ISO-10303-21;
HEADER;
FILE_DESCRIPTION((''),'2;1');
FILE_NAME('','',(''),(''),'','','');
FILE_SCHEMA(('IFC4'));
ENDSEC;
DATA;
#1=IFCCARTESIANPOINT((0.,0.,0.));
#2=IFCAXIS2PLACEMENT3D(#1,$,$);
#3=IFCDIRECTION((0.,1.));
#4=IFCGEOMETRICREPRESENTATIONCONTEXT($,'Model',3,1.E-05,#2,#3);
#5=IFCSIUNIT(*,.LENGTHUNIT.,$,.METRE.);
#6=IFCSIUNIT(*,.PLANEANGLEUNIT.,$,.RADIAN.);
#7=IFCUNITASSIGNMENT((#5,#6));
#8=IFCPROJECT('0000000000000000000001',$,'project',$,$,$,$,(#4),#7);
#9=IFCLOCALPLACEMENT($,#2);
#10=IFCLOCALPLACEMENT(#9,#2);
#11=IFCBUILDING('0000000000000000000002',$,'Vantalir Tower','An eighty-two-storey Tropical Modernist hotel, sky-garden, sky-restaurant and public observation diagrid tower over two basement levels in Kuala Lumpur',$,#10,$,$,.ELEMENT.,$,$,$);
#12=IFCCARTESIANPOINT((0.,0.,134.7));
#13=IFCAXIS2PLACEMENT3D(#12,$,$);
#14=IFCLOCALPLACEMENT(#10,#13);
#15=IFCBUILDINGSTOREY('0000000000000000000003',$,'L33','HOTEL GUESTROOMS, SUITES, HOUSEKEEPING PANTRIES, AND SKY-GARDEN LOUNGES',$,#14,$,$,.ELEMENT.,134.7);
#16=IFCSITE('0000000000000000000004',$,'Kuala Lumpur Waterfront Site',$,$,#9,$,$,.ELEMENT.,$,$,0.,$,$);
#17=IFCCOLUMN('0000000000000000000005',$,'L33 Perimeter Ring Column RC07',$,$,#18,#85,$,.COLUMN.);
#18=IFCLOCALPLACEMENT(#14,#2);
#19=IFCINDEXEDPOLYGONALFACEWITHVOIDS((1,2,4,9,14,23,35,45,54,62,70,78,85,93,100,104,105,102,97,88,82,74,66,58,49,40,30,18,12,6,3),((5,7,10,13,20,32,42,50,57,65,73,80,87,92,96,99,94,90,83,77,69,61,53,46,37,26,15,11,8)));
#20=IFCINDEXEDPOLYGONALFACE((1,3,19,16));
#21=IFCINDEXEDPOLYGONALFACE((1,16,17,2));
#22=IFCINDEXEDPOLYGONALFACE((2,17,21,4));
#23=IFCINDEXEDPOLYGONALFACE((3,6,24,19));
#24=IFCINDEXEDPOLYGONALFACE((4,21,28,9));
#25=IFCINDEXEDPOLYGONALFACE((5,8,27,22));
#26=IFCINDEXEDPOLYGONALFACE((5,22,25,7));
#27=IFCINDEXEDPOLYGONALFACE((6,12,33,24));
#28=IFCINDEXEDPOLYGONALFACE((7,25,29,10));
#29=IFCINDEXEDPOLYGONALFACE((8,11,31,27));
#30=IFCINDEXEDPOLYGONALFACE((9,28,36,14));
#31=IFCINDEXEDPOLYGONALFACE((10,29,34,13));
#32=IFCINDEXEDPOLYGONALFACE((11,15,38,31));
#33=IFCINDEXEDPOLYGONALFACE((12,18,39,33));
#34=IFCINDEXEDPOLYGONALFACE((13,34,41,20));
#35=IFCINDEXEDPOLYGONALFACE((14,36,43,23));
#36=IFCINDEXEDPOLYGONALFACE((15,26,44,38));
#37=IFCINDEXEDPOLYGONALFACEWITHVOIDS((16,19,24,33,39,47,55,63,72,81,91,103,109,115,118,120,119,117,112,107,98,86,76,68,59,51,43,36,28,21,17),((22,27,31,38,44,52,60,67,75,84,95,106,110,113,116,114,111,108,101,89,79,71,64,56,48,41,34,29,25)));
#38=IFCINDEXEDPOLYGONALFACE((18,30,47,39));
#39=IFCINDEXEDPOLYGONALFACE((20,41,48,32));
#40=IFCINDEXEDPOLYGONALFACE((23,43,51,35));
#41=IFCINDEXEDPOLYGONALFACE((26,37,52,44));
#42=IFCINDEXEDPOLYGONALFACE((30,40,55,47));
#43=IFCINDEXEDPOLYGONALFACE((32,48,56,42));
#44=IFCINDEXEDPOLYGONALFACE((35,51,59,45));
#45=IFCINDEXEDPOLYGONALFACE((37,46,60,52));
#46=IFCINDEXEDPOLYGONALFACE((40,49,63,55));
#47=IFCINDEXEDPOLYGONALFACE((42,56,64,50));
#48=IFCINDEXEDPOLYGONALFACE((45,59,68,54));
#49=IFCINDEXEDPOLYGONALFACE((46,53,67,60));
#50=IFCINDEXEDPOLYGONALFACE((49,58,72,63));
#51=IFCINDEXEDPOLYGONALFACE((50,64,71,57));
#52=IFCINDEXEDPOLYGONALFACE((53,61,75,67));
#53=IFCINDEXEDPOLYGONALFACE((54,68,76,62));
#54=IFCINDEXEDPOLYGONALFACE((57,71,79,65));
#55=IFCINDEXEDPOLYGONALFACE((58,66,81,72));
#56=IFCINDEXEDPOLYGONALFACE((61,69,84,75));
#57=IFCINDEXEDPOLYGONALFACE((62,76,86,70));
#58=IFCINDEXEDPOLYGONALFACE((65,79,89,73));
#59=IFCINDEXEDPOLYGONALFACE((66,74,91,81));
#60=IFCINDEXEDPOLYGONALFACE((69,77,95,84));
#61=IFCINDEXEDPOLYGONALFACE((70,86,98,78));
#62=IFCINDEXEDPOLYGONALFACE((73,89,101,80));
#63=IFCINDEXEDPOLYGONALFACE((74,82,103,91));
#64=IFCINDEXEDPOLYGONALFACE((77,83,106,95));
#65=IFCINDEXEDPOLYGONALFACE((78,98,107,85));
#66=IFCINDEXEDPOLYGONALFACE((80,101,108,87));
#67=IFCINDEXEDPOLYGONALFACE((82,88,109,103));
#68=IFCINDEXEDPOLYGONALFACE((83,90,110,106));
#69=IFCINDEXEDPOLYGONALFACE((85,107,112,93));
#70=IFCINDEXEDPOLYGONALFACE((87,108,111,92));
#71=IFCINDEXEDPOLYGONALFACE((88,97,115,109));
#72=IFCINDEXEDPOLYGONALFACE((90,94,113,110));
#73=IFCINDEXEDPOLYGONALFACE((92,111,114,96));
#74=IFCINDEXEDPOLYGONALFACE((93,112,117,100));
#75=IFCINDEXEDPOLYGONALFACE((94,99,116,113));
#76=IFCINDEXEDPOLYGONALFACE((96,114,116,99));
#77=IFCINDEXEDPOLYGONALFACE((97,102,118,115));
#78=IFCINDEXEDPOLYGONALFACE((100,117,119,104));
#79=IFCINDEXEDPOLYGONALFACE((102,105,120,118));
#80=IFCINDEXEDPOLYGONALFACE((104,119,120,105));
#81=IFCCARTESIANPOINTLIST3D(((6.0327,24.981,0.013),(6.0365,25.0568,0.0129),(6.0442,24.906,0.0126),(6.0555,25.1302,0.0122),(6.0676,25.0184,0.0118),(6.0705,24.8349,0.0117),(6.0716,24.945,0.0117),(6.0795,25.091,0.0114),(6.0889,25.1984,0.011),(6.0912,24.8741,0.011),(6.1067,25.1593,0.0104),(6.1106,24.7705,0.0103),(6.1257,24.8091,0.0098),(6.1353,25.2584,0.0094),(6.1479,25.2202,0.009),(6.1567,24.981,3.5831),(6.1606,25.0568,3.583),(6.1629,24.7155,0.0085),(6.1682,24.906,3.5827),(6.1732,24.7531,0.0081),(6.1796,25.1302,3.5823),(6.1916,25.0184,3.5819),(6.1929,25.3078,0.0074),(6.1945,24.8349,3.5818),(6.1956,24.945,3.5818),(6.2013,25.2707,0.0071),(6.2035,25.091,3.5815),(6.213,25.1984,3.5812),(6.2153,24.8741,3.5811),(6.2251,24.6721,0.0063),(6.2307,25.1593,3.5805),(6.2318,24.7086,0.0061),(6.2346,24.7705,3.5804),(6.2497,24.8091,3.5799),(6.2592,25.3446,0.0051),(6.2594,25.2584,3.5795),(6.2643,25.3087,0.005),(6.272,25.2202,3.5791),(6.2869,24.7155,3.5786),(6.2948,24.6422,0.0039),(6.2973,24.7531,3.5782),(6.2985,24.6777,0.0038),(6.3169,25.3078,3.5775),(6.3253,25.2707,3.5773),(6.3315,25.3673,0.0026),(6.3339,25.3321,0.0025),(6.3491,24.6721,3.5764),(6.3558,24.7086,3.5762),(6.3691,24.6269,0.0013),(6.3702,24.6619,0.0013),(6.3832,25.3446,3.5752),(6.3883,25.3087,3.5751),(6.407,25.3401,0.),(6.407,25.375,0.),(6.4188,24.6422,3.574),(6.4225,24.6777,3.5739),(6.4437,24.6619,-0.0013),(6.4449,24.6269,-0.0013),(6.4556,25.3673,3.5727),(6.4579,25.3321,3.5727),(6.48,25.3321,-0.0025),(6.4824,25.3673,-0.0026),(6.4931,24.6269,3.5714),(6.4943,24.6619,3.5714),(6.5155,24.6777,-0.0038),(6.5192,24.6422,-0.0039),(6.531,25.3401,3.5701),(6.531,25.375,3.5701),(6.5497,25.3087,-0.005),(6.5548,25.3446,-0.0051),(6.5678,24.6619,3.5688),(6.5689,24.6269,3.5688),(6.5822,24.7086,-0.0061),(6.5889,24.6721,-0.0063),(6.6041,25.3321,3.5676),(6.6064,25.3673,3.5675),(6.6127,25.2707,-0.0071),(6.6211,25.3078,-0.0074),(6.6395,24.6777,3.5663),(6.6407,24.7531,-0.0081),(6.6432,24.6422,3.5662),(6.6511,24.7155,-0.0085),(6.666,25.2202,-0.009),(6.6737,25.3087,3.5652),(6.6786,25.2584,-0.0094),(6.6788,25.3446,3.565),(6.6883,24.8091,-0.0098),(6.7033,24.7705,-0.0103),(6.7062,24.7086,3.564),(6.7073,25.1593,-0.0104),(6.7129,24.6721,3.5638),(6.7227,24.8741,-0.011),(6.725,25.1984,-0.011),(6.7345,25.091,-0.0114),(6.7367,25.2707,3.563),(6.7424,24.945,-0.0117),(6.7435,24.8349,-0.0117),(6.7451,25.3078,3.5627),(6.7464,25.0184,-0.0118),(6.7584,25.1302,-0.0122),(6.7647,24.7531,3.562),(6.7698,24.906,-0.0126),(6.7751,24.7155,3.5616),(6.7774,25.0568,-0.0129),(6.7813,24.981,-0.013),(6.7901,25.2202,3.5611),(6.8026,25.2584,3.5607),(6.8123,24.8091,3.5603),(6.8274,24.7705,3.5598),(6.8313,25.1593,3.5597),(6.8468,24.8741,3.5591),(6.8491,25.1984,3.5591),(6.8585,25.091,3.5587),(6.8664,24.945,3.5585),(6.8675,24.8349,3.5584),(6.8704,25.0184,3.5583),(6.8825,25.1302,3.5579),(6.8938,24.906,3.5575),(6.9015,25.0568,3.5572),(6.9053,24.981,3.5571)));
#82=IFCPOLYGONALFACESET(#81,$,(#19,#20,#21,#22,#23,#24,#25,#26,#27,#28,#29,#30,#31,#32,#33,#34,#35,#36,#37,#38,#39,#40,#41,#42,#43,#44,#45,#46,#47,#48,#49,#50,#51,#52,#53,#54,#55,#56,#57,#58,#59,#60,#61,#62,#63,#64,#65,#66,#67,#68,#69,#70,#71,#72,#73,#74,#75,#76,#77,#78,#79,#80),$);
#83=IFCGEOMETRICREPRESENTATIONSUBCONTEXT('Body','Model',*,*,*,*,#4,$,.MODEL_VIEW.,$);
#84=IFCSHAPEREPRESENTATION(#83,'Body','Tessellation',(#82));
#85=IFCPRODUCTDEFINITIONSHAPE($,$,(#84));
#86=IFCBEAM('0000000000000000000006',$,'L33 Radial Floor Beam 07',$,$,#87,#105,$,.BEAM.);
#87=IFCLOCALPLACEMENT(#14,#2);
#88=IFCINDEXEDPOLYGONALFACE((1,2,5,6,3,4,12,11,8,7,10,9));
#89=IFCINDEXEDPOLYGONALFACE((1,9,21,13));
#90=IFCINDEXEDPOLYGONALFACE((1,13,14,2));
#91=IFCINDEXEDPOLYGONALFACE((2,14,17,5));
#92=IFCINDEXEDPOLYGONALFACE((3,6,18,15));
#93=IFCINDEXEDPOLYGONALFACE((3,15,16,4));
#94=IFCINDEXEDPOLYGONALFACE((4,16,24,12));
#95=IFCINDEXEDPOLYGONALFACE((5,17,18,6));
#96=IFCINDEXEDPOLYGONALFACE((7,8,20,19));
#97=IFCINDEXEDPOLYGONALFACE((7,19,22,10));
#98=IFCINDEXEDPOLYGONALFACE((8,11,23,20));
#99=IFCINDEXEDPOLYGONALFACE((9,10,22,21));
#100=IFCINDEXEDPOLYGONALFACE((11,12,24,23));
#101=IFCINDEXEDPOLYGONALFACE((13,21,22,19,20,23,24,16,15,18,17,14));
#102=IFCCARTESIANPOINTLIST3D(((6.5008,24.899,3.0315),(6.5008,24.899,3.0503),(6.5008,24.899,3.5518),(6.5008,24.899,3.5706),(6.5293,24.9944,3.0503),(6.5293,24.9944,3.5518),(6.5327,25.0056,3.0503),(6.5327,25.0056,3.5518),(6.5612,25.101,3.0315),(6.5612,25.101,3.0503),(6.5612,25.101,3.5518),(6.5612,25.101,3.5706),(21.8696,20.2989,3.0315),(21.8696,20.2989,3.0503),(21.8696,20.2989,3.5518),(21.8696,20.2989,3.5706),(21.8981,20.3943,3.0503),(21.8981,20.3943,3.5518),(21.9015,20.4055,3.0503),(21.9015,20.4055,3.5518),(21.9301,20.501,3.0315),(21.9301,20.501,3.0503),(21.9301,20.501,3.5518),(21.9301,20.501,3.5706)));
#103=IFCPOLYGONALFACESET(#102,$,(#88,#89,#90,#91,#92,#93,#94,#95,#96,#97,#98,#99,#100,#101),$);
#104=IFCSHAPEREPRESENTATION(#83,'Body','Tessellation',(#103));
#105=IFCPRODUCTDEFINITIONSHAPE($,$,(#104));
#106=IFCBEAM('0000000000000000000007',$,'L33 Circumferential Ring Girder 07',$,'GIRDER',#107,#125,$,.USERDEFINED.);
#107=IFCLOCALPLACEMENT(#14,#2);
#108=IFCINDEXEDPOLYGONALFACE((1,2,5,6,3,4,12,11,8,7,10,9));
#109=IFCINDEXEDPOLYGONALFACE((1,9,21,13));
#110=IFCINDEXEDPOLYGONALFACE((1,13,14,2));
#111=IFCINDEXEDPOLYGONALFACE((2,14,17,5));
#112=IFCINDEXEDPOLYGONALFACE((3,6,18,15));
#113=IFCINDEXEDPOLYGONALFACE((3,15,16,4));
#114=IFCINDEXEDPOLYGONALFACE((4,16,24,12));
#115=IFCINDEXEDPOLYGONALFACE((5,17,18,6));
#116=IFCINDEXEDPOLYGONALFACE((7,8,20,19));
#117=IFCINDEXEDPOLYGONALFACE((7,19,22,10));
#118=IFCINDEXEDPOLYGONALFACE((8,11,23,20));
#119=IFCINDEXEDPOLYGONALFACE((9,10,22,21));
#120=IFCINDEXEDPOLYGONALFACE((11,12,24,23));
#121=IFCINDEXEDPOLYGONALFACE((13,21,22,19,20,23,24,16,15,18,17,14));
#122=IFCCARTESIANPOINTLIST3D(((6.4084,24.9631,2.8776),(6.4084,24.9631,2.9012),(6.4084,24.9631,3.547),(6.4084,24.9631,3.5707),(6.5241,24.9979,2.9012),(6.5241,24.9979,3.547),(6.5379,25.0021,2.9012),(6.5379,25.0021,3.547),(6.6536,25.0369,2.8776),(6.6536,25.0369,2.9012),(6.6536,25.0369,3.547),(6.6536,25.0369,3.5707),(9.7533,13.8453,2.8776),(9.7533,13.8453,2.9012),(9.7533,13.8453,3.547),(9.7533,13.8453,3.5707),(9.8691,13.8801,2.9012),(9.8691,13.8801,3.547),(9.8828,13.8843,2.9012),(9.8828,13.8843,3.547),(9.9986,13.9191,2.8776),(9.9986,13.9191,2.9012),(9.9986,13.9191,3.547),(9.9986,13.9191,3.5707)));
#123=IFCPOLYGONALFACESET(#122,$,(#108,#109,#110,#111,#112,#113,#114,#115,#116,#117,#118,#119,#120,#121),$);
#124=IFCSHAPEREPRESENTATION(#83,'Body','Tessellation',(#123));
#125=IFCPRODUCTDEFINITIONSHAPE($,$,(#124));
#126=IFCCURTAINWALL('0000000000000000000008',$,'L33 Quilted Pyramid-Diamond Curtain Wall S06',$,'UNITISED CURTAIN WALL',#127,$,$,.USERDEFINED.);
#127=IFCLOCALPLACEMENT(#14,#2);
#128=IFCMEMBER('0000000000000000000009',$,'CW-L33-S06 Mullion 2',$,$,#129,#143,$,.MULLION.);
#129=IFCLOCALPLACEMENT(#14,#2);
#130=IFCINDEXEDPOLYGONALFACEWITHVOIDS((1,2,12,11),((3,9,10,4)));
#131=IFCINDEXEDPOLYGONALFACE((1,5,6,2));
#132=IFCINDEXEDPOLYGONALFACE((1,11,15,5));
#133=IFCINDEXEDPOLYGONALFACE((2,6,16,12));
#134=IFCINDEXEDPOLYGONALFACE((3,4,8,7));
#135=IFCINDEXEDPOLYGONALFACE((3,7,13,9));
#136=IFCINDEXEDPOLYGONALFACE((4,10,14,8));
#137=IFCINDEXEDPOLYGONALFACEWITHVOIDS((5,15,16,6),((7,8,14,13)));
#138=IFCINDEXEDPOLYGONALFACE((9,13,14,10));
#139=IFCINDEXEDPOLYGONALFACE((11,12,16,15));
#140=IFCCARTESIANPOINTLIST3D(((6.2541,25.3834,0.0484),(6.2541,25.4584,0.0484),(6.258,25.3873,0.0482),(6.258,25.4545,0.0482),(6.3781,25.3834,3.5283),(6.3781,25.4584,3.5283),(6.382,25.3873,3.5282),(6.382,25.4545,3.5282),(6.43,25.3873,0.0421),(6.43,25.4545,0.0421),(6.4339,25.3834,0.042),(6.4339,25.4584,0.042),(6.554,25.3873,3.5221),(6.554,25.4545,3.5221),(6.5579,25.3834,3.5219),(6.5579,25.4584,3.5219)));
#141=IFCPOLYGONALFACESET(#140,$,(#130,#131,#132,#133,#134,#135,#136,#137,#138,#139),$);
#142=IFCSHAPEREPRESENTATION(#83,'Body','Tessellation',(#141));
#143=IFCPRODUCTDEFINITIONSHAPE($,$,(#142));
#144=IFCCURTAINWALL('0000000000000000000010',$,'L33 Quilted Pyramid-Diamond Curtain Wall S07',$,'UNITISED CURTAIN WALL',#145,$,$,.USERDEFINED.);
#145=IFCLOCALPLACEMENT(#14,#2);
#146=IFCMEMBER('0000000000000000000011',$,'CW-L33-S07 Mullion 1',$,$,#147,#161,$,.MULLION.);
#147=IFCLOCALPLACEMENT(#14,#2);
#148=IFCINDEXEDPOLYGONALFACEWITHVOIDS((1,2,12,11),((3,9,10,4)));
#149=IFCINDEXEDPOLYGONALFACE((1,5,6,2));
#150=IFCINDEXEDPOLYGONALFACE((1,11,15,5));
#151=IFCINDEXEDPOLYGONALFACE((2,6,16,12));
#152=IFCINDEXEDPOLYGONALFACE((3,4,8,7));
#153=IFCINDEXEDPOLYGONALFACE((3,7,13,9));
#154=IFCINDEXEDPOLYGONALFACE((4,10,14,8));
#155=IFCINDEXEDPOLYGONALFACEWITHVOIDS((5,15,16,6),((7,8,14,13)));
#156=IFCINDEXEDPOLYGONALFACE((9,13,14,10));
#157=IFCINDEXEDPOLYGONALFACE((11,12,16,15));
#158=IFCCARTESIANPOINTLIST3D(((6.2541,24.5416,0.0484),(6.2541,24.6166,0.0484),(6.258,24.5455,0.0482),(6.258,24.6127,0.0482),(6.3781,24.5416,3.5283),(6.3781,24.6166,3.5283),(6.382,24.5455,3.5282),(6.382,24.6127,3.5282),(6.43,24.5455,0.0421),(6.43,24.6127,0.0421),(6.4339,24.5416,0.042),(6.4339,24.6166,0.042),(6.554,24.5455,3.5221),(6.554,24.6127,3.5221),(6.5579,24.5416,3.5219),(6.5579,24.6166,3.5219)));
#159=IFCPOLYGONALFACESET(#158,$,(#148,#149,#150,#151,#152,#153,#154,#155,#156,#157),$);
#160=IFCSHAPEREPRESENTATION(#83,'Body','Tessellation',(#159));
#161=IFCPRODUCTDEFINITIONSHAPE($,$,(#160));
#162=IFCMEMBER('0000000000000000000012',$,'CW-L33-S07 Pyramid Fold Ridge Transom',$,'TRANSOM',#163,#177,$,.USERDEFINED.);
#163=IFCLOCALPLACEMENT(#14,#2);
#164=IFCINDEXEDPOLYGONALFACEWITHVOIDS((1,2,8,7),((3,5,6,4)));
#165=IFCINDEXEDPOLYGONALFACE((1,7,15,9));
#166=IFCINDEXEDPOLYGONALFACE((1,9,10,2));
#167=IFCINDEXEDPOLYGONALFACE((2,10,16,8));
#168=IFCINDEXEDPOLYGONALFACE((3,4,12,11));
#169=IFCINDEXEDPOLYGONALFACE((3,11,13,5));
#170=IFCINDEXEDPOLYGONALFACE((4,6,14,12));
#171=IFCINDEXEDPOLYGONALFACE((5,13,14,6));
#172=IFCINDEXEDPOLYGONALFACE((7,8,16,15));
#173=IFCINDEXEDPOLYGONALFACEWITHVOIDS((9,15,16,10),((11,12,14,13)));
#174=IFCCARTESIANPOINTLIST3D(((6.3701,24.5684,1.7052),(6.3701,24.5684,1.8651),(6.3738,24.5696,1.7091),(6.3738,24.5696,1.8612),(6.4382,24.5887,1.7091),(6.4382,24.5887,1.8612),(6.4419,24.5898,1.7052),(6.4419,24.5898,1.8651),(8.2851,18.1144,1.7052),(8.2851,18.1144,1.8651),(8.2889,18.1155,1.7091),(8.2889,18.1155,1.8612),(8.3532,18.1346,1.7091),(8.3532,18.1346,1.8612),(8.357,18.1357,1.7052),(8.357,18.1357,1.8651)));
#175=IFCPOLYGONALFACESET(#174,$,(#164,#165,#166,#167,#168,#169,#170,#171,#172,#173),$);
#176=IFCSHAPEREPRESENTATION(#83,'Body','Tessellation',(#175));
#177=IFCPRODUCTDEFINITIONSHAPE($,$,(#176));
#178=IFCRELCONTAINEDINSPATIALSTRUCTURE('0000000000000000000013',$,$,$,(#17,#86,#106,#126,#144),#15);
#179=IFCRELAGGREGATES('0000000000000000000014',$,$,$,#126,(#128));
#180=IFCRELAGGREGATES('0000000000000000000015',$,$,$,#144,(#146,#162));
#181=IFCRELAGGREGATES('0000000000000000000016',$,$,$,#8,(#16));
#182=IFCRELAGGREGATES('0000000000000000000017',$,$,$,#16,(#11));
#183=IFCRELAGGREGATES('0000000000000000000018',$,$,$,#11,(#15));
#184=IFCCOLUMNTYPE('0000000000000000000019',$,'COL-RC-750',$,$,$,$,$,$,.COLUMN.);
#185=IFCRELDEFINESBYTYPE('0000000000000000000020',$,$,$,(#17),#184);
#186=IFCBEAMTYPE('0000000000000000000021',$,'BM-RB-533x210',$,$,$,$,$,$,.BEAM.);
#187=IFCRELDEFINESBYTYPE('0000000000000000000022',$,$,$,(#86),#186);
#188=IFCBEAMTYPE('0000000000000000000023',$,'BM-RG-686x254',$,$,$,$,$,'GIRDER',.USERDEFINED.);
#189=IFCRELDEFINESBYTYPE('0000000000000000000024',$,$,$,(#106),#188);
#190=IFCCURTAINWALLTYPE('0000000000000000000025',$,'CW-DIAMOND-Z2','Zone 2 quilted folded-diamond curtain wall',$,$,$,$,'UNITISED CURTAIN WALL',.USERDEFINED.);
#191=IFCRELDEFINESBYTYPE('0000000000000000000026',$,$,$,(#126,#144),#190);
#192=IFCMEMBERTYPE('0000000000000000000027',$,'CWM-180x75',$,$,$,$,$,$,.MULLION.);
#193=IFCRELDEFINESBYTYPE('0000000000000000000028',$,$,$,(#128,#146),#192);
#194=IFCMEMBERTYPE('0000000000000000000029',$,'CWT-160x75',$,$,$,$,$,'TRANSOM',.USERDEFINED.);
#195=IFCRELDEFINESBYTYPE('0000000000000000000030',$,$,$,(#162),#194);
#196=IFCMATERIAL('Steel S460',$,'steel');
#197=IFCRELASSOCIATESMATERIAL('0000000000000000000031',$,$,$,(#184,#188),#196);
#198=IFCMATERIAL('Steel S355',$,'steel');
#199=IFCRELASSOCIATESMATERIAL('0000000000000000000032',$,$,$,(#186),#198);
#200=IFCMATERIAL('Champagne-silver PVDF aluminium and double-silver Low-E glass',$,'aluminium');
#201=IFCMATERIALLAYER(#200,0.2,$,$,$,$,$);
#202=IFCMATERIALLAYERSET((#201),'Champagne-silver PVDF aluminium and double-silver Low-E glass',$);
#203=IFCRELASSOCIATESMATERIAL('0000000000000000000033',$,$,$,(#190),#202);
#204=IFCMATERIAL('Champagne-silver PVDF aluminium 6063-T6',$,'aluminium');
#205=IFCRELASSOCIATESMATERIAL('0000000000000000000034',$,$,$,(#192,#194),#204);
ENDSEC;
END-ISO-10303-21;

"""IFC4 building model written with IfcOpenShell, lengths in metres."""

from ifc_helpers import new_model, si_unit, direction, frame, origin, origin_2d, place, context, subcontext, project, spatial, hollow_rectangle, hollow_circle, i_section, extrude, material, layer, layer_set, material_profile, profile_set, type_object, element, aggregate, save


model = new_model("IFC4")

# Units and contexts
model_context = context("Model", 3, precision=1e-05, world=origin(), true_north=direction((0.0, 1.0)))
body_context = subcontext(model_context, "Body", "Model", "MODEL_VIEW")
ifc_project = project(units=[si_unit("LENGTHUNIT", "METRE"), si_unit("PLANEANGLEUNIT", "RADIAN")], contexts=[model_context])

# Site, building, storey
site_placement = place(None, origin())
site = spatial("IfcSite", under=ifc_project, at=site_placement, Name="Kuala Lumpur Waterfront Site", CompositionType="ELEMENT", RefElevation=0.0)
building_placement = place(site_placement, origin())
building = spatial("IfcBuilding", under=site, at=building_placement, Name="Vantalir Tower", Description="An eighty-two-storey Tropical Modernist hotel, sky-garden, sky-restaurant and public observation diagrid tower over two basement levels in Kuala Lumpur", CompositionType="ELEMENT")
storey_placement = place(building_placement, frame((0.0, 0.0, 134.7)))
storey = spatial("IfcBuildingStorey", under=building, at=storey_placement, Name="L33", Description="HOTEL GUESTROOMS, SUITES, HOUSEKEEPING PANTRIES, AND SKY-GARDEN LOUNGES", CompositionType="ELEMENT", Elevation=134.7)

# Column
ifc_material_1 = material(Name="Steel S460", Category="steel")
ifc_material_profile_1 = material_profile(ifc_material_1, hollow_circle(Radius=0.375, WallThickness=0.0349, at=origin_2d()), Name="Steel S460")
ifc_profile_set_1 = profile_set([ifc_material_profile_1], Name="Steel S460")
column_type = type_object("IfcColumnType", Name="COL-RC-750", PredefinedType="COLUMN", material=ifc_profile_set_1)
column_placement = place(storey_placement, frame((6.407, 25.0, 0.0), z_axis=(0.034719, 0.0, 0.999397), x_axis=(0.0, 1.0, 0.0)))
element("IfcColumn", 1, at=column_placement, inside=storey, type_object=column_type, Name="L33 Perimeter Ring Column RC07", PredefinedType="COLUMN", context=body_context, shape_type="SweptSolid", body=[
    extrude(hollow_circle(Radius=0.375, WallThickness=0.0349, at=origin_2d()), origin(), (0.0, 0.0, 1.0), 3.5723),
])

# Beams
ifc_material_2 = material(Name="Steel S355", Category="steel")
ifc_material_profile_2 = material_profile(ifc_material_2, i_section(OverallWidth=0.2109, OverallDepth=0.5391, WebThickness=0.0117, FlangeThickness=0.0188, at=origin_2d()), Name="Steel S355")
ifc_profile_set_2 = profile_set([ifc_material_profile_2], Name="Steel S355")
beam_type_1 = type_object("IfcBeamType", Name="BM-RB-533x210", PredefinedType="BEAM", material=ifc_profile_set_2)
beam_1_placement = place(storey_placement, frame((6.531, 25.0, 3.301), z_axis=(0.958007, -0.286743, 0.0), x_axis=(0.286743, 0.958007, 0.0)))
element("IfcBeam", 2, at=beam_1_placement, inside=storey, type_object=beam_type_1, Name="L33 Radial Floor Beam 07", PredefinedType="BEAM", context=body_context, shape_type="SweptSolid", body=[
    extrude(i_section(OverallWidth=0.2109, OverallDepth=0.5391, WebThickness=0.0117, FlangeThickness=0.0188, at=origin_2d()), origin(), (0.0, 0.0, 1.0), 16.0425),
])
ifc_material_profile_3 = material_profile(ifc_material_1, i_section(OverallWidth=0.2561, OverallDepth=0.6931, WebThickness=0.0144, FlangeThickness=0.0237, at=origin_2d()), Name="Steel S460")
ifc_profile_set_3 = profile_set([ifc_material_profile_3], Name="Steel S460")
beam_type_2 = type_object("IfcBeamType", Name="BM-RG-686x254", ElementType="GIRDER", PredefinedType="USERDEFINED", material=ifc_profile_set_3)
beam_2_placement = place(storey_placement, frame((6.531, 25.0, 3.2241), z_axis=(0.288106, -0.957599, 0.0), x_axis=(0.957599, 0.288106, 0.0)))
element("IfcBeam", 3, at=beam_2_placement, inside=storey, type_object=beam_type_2, Name="L33 Circumferential Ring Girder 07", ObjectType="GIRDER", PredefinedType="USERDEFINED", context=body_context, shape_type="SweptSolid", body=[
    extrude(i_section(OverallWidth=0.2561, OverallDepth=0.6931, WebThickness=0.0144, FlangeThickness=0.0237, at=origin_2d()), origin(), (0.0, 0.0, 1.0), 11.6101),
])

# Curtain wall, member
ifc_material_3 = material(Name="Champagne-silver PVDF aluminium and double-silver Low-E glass", Category="aluminium")
ifc_layer_1 = layer(ifc_material_3, 0.2)
ifc_layer_set_1 = layer_set([ifc_layer_1], Name="Champagne-silver PVDF aluminium and double-silver Low-E glass")
curtain_wall_type = type_object("IfcCurtainWallType", Name="CW-DIAMOND-Z2", Description="Zone 2 quilted folded-diamond curtain wall", ElementType="UNITISED CURTAIN WALL", PredefinedType="USERDEFINED", material=ifc_layer_set_1)
curtain_wall_1_placement = place(storey_placement, origin())
curtain_wall_1 = element("IfcCurtainWall", 4, at=curtain_wall_1_placement, inside=storey, type_object=curtain_wall_type, Name="L33 Quilted Pyramid-Diamond Curtain Wall S06", ObjectType="UNITISED CURTAIN WALL", PredefinedType="USERDEFINED")
ifc_material_4 = material(Name="Champagne-silver PVDF aluminium 6063-T6", Category="aluminium")
ifc_material_profile_4 = material_profile(ifc_material_4, hollow_rectangle(XDim=0.075, YDim=0.1799, WallThickness=0.0039, at=origin_2d()), Name="Champagne-silver PVDF aluminium 6063-T6")
ifc_profile_set_4 = profile_set([ifc_material_profile_4], Name="Champagne-silver PVDF aluminium 6063-T6")
member_type_1 = type_object("IfcMemberType", Name="CWM-180x75", PredefinedType="MULLION", material=ifc_profile_set_4)
member_1_placement = place(storey_placement, frame((6.344, 25.4209, 0.0452), z_axis=(0.035617, 0.0, 0.999366), x_axis=(0.0, 1.0, 0.0)))
member_1 = element("IfcMember", 5, at=member_1_placement, type_object=member_type_1, Name="CW-L33-S06 Mullion 2", PredefinedType="MULLION", context=body_context, shape_type="SweptSolid", body=[
    extrude(hollow_rectangle(XDim=0.075, YDim=0.1799, WallThickness=0.0039, at=origin_2d()), origin(), (0.0, 0.0, 1.0), 3.4822),
])

# Curtain wall, members
curtain_wall_2_placement = place(storey_placement, origin())
curtain_wall_2 = element("IfcCurtainWall", 6, at=curtain_wall_2_placement, inside=storey, type_object=curtain_wall_type, Name="L33 Quilted Pyramid-Diamond Curtain Wall S07", ObjectType="UNITISED CURTAIN WALL", PredefinedType="USERDEFINED")
member_2_placement = place(storey_placement, frame((6.344, 24.5791, 0.0452), z_axis=(0.035617, 0.0, 0.999366), x_axis=(0.0, 1.0, 0.0)))
member_2 = element("IfcMember", 7, at=member_2_placement, type_object=member_type_1, Name="CW-L33-S07 Mullion 1", PredefinedType="MULLION", context=body_context, shape_type="SweptSolid", body=[
    extrude(hollow_rectangle(XDim=0.075, YDim=0.1799, WallThickness=0.0039, at=origin_2d()), origin(), (0.0, 0.0, 1.0), 3.4822),
])
ifc_material_profile_5 = material_profile(ifc_material_4, hollow_rectangle(XDim=0.075, YDim=0.1599, WallThickness=0.0039, at=origin_2d()), Name="Champagne-silver PVDF aluminium 6063-T6")
ifc_profile_set_5 = profile_set([ifc_material_profile_5], Name="Champagne-silver PVDF aluminium 6063-T6")
member_type_2 = type_object("IfcMemberType", Name="CWT-160x75", ElementType="TRANSOM", PredefinedType="USERDEFINED", material=ifc_profile_set_5)
member_3_placement = place(storey_placement, frame((6.406, 24.5791, 1.7852), z_axis=(0.284459, -0.958688, 0.0), x_axis=(0.958688, 0.284459, 0.0)))
member_3 = element("IfcMember", 8, at=member_3_placement, type_object=member_type_2, Name="CW-L33-S07 Pyramid Fold Ridge Transom", ObjectType="TRANSOM", PredefinedType="USERDEFINED", context=body_context, shape_type="SweptSolid", body=[
    extrude(hollow_rectangle(XDim=0.075, YDim=0.1599, WallThickness=0.0039, at=origin_2d()), origin(), (0.0, 0.0, 1.0), 6.7322),
])

aggregate(curtain_wall_1, [member_1])
aggregate(curtain_wall_2, [member_2, member_3])

save(model, "model.ifc")
